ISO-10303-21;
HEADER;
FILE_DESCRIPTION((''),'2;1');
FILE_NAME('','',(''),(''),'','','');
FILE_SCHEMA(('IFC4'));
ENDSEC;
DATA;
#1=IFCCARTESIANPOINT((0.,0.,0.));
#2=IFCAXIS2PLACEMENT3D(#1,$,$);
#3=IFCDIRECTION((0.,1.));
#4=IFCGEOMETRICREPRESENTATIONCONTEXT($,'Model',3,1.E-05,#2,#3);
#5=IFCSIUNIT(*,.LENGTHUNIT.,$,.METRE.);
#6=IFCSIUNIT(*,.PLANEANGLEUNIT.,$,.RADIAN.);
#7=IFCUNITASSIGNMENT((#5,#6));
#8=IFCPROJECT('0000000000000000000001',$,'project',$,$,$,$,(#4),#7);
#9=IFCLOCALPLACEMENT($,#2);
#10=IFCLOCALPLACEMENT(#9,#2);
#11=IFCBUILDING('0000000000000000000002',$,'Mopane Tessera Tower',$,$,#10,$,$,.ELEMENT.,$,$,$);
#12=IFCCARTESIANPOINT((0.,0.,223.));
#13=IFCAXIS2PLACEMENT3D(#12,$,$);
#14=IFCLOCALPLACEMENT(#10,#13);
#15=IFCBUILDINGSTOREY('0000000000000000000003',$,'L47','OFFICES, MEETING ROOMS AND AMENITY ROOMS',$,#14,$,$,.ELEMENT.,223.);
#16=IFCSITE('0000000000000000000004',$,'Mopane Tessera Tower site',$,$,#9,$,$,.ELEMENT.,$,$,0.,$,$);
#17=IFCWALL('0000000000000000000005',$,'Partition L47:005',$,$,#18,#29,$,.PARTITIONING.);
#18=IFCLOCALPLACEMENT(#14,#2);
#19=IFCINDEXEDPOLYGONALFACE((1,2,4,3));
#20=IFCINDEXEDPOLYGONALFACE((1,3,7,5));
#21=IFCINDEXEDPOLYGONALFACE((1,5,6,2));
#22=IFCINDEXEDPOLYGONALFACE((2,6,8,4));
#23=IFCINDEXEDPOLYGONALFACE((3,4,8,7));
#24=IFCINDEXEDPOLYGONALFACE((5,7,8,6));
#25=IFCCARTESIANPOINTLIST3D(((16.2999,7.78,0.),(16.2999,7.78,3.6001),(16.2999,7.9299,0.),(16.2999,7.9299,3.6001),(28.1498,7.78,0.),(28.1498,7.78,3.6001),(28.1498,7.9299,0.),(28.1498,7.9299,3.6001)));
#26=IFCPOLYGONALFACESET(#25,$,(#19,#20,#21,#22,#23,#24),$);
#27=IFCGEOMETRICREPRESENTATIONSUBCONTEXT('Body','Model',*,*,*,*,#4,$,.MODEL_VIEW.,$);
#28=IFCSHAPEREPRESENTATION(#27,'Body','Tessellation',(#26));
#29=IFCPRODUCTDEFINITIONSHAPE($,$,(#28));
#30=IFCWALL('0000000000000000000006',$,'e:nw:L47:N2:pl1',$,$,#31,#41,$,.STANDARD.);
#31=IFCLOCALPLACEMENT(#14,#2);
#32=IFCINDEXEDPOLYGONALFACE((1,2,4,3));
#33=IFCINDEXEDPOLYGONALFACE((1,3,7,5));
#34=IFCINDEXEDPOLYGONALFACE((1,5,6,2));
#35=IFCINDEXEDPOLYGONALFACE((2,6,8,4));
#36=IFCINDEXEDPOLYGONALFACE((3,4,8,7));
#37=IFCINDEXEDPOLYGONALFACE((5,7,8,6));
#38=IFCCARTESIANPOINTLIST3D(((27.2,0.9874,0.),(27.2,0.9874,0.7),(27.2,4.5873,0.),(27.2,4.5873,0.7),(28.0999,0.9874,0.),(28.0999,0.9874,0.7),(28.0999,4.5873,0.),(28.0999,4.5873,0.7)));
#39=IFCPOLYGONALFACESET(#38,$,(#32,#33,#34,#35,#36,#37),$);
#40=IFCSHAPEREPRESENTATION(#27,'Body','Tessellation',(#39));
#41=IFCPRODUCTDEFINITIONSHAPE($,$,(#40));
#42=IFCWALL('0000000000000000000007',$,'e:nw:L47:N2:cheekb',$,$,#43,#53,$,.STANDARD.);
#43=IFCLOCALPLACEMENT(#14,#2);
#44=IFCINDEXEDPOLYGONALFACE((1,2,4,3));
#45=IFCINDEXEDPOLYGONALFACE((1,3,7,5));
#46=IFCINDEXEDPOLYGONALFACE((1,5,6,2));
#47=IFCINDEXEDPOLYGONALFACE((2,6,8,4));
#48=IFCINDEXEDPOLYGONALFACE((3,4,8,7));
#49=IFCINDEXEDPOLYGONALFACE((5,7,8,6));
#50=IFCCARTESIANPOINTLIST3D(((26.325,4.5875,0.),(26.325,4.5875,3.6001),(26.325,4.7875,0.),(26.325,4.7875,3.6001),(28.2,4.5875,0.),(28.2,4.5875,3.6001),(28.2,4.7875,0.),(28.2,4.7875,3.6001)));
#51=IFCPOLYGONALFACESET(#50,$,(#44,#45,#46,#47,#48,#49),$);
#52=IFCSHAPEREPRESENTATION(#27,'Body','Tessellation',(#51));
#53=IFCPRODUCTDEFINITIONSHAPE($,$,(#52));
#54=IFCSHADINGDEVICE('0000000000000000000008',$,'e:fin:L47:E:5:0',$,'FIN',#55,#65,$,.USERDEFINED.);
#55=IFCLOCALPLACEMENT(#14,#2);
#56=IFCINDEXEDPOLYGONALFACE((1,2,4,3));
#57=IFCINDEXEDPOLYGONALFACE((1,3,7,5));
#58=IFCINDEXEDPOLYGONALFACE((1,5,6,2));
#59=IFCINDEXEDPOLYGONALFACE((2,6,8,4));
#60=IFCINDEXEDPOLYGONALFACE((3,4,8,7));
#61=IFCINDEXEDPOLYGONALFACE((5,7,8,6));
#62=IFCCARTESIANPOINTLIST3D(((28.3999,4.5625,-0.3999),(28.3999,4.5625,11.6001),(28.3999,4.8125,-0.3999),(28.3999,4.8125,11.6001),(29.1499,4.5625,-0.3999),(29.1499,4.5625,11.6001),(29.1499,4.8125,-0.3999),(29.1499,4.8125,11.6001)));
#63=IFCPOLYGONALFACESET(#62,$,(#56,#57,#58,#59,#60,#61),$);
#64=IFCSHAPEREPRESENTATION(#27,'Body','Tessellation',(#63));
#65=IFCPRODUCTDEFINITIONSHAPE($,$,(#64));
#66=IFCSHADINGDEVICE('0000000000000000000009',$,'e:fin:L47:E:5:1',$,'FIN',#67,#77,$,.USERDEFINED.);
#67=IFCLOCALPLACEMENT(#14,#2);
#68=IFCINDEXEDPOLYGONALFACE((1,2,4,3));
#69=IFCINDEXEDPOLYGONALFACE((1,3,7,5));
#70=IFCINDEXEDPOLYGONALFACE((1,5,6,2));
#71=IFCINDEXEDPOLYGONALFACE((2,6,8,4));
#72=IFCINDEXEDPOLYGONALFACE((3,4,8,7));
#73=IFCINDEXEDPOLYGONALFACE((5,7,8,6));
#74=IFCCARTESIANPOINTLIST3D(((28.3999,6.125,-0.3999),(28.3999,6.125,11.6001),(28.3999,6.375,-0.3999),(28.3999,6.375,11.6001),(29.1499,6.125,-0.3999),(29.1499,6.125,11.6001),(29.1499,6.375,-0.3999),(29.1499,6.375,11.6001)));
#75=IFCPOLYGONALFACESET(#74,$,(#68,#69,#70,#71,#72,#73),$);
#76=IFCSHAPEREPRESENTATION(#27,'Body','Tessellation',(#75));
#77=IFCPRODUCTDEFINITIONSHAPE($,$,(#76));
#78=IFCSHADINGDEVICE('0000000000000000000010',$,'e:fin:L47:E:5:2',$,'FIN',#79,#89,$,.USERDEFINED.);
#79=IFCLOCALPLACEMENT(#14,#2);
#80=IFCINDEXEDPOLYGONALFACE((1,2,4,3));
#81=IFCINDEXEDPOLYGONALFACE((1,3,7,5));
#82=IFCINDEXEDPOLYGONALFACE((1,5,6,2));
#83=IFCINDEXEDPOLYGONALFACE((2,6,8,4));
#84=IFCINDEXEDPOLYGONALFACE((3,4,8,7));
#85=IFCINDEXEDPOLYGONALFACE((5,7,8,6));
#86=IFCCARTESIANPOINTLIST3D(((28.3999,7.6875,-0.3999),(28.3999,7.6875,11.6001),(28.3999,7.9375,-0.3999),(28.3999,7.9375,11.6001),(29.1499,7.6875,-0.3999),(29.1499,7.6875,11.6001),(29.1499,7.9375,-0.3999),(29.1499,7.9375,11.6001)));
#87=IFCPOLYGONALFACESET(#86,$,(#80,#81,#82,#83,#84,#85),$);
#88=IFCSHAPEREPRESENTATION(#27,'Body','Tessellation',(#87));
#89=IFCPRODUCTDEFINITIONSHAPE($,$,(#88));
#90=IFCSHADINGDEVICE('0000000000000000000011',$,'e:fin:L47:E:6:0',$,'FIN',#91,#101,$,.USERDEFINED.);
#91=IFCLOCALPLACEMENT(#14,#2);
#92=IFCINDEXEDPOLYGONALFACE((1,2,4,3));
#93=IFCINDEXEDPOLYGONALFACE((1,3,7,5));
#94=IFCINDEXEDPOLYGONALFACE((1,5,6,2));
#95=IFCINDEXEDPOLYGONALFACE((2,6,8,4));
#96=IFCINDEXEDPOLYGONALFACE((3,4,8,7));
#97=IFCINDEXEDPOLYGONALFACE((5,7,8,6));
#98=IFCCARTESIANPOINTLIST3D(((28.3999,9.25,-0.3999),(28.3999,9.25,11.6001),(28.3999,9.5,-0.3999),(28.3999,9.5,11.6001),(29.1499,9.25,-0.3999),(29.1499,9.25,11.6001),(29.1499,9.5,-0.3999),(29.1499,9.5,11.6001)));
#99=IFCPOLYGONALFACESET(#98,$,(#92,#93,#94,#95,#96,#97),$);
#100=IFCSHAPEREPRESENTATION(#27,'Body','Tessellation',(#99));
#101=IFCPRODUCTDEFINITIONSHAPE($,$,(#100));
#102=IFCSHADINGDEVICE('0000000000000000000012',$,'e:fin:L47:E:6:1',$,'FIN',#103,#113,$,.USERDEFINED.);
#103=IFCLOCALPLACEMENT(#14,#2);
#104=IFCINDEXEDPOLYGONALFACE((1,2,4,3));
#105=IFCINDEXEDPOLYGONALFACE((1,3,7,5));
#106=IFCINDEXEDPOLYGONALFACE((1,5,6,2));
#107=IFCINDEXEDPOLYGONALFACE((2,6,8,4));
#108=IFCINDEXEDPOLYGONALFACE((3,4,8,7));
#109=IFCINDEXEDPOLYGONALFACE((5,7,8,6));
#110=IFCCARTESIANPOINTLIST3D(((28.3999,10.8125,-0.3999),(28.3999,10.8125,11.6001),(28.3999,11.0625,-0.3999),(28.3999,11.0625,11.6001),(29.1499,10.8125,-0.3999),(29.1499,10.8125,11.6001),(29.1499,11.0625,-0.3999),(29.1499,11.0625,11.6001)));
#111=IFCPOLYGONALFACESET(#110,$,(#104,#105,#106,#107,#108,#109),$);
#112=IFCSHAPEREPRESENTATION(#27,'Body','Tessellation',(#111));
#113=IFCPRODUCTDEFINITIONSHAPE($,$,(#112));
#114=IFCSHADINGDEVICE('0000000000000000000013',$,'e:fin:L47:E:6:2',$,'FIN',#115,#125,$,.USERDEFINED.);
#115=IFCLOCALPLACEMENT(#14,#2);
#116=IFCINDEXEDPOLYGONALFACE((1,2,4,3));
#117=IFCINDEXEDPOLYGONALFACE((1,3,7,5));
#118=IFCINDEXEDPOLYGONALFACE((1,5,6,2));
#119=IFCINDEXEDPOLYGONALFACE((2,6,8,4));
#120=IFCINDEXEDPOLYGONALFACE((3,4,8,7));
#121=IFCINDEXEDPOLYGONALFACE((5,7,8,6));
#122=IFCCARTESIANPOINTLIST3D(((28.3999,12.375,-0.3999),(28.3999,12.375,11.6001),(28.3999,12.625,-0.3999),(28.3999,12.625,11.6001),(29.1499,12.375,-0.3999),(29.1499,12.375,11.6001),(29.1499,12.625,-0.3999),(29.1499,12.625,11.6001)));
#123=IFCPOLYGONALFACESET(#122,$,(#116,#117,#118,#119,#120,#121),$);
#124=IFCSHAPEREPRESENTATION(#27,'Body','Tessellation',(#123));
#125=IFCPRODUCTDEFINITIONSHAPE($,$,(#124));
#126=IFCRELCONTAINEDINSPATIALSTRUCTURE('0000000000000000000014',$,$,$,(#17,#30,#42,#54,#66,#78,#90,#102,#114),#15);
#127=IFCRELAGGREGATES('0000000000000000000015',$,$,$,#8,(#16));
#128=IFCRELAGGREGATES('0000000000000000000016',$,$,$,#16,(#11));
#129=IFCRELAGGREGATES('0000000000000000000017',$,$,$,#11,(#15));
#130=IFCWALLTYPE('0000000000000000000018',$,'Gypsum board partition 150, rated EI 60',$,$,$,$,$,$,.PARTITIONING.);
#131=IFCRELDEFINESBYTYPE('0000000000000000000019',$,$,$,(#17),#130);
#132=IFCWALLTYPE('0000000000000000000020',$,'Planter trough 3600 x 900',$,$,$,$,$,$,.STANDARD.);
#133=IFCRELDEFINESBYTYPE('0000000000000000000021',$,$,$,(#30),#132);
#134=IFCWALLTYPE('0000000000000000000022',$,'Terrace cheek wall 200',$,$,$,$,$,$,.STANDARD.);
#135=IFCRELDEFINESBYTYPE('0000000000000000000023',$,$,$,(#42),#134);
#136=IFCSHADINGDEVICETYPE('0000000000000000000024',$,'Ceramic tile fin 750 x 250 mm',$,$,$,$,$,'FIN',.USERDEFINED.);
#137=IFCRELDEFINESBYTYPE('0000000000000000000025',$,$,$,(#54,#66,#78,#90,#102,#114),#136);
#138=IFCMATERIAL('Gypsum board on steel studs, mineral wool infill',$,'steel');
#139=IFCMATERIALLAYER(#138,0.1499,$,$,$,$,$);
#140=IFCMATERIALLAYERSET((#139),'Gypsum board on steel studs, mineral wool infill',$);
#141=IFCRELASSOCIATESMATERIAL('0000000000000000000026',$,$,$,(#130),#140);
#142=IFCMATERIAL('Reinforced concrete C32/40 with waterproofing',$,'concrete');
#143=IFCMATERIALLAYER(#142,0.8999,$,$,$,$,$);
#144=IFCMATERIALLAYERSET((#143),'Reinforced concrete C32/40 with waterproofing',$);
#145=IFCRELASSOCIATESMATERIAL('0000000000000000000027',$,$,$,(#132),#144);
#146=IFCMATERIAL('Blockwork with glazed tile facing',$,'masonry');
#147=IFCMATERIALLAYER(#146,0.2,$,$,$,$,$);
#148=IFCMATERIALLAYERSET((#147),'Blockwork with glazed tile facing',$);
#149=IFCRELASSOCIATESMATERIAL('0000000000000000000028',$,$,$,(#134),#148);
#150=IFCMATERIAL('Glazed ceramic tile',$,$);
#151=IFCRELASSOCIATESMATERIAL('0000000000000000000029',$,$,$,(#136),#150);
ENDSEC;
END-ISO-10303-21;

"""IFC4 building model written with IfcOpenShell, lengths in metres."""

from ifc_helpers import new_model, si_unit, direction, frame, frame_2d, origin, origin_2d, place, context, subcontext, project, spatial, rectangle, extrude, material, layer, layer_set, type_object, element, save


model = new_model("IFC4")

# Units and contexts
model_context = context("Model", 3, precision=1e-05, world=origin(), true_north=direction((0.0, 1.0)))
body_context = subcontext(model_context, "Body", "Model", "MODEL_VIEW")
ifc_project = project(units=[si_unit("LENGTHUNIT", "METRE"), si_unit("PLANEANGLEUNIT", "RADIAN")], contexts=[model_context])

# Site, building, storey
site_placement = place(None, origin())
site = spatial("IfcSite", under=ifc_project, at=site_placement, Name="Mopane Tessera Tower site", CompositionType="ELEMENT", RefElevation=0.0)
building_placement = place(site_placement, origin())
building = spatial("IfcBuilding", under=site, at=building_placement, Name="Mopane Tessera Tower", CompositionType="ELEMENT")
storey_placement = place(building_placement, frame((0.0, 0.0, 223.0)))
storey = spatial("IfcBuildingStorey", under=building, at=storey_placement, Name="L47", Description="OFFICES, MEETING ROOMS AND AMENITY ROOMS", CompositionType="ELEMENT", Elevation=223.0)

# Walls
ifc_material_1 = material(Name="Gypsum board on steel studs, mineral wool infill", Category="steel")
ifc_layer_1 = layer(ifc_material_1, 0.1499)
ifc_layer_set_1 = layer_set([ifc_layer_1], Name="Gypsum board on steel studs, mineral wool infill")
wall_type_1 = type_object("IfcWallType", Name="Gypsum board partition 150, rated EI 60", PredefinedType="PARTITIONING", material=ifc_layer_set_1)
wall_1_placement = place(storey_placement, frame((16.3, 7.855, 0.0), z_axis=(0.0, 0.0, 1.0), x_axis=(1.0, 0.0, 0.0)))
element("IfcWall", 1, at=wall_1_placement, inside=storey, type_object=wall_type_1, Name="Partition L47:005", PredefinedType="PARTITIONING", context=body_context, shape_type="SweptSolid", body=[
    extrude(rectangle(XDim=11.8499, YDim=0.1499, at=frame_2d((5.9248, 0.0))), origin(), (0.0, 0.0, 1.0), 3.6001),
])
ifc_material_2 = material(Name="Reinforced concrete C32/40 with waterproofing", Category="concrete")
ifc_layer_2 = layer(ifc_material_2, 0.8999)
ifc_layer_set_2 = layer_set([ifc_layer_2], Name="Reinforced concrete C32/40 with waterproofing")
wall_type_2 = type_object("IfcWallType", Name="Planter trough 3600 x 900", PredefinedType="STANDARD", material=ifc_layer_set_2)
wall_2_placement = place(storey_placement, frame((27.6499, 0.9875, 0.0), z_axis=(0.0, 0.0, 1.0), x_axis=(0.0, 1.0, 0.0)))
element("IfcWall", 2, at=wall_2_placement, inside=storey, type_object=wall_type_2, Name="e:nw:L47:N2:pl1", PredefinedType="STANDARD", context=body_context, shape_type="SweptSolid", body=[
    extrude(rectangle(XDim=3.5999, YDim=0.8999, at=frame_2d((1.7998, 0.0))), origin(), (0.0, 0.0, 1.0), 0.7),
])
ifc_material_3 = material(Name="Blockwork with glazed tile facing", Category="masonry")
ifc_layer_3 = layer(ifc_material_3, 0.2)
ifc_layer_set_3 = layer_set([ifc_layer_3], Name="Blockwork with glazed tile facing")
wall_type_3 = type_object("IfcWallType", Name="Terrace cheek wall 200", PredefinedType="STANDARD", material=ifc_layer_set_3)
wall_3_placement = place(storey_placement, frame((28.2, 4.6875, 0.0), z_axis=(0.0, 0.0, 1.0), x_axis=(-1.0, 0.0, 0.0)))
element("IfcWall", 3, at=wall_3_placement, inside=storey, type_object=wall_type_3, Name="e:nw:L47:N2:cheekb", PredefinedType="STANDARD", context=body_context, shape_type="SweptSolid", body=[
    extrude(rectangle(XDim=1.875, YDim=0.2, at=frame_2d((0.9375, 0.0))), origin(), (0.0, 0.0, 1.0), 3.6001),
])

# Shading devices
ifc_material_4 = material(Name="Glazed ceramic tile")
shading_device_type = type_object("IfcShadingDeviceType", Name="Ceramic tile fin 750 x 250 mm", ElementType="FIN", PredefinedType="USERDEFINED", material=ifc_material_4)
for number, where, z_axis, x_axis, name in (
    (4, (28.7749, 4.6875, -0.3999), (0.0, 0.0, 1.0), (0.0, 1.0, 0.0), "e:fin:L47:E:5:0"),
    (5, (28.7749, 6.25, -0.3999), (0.0, 0.0, 1.0), (0.0, 1.0, 0.0), "e:fin:L47:E:5:1"),
    (6, (28.7749, 7.8125, -0.3999), (0.0, 0.0, 1.0), (0.0, 1.0, 0.0), "e:fin:L47:E:5:2"),
    (7, (28.7749, 9.375, -0.3999), (0.0, 0.0, 1.0), (0.0, 1.0, 0.0), "e:fin:L47:E:6:0"),
    (8, (28.7749, 10.9375, -0.3999), (0.0, 0.0, 1.0), (0.0, 1.0, 0.0), "e:fin:L47:E:6:1"),
    (9, (28.7749, 12.5, -0.3999), (0.0, 0.0, 1.0), (0.0, 1.0, 0.0), "e:fin:L47:E:6:2"),
):
    element("IfcShadingDevice", number, at=place(storey_placement, frame(where, z_axis=z_axis, x_axis=x_axis)), inside=storey, type_object=shading_device_type, Name=name, ObjectType="FIN", PredefinedType="USERDEFINED", context=body_context, shape_type="SweptSolid", body=[
        extrude(rectangle(XDim=0.25, YDim=0.75, at=origin_2d()), origin(), (0.0, 0.0, 1.0), 12.0),
    ])

save(model, "model.ifc")
